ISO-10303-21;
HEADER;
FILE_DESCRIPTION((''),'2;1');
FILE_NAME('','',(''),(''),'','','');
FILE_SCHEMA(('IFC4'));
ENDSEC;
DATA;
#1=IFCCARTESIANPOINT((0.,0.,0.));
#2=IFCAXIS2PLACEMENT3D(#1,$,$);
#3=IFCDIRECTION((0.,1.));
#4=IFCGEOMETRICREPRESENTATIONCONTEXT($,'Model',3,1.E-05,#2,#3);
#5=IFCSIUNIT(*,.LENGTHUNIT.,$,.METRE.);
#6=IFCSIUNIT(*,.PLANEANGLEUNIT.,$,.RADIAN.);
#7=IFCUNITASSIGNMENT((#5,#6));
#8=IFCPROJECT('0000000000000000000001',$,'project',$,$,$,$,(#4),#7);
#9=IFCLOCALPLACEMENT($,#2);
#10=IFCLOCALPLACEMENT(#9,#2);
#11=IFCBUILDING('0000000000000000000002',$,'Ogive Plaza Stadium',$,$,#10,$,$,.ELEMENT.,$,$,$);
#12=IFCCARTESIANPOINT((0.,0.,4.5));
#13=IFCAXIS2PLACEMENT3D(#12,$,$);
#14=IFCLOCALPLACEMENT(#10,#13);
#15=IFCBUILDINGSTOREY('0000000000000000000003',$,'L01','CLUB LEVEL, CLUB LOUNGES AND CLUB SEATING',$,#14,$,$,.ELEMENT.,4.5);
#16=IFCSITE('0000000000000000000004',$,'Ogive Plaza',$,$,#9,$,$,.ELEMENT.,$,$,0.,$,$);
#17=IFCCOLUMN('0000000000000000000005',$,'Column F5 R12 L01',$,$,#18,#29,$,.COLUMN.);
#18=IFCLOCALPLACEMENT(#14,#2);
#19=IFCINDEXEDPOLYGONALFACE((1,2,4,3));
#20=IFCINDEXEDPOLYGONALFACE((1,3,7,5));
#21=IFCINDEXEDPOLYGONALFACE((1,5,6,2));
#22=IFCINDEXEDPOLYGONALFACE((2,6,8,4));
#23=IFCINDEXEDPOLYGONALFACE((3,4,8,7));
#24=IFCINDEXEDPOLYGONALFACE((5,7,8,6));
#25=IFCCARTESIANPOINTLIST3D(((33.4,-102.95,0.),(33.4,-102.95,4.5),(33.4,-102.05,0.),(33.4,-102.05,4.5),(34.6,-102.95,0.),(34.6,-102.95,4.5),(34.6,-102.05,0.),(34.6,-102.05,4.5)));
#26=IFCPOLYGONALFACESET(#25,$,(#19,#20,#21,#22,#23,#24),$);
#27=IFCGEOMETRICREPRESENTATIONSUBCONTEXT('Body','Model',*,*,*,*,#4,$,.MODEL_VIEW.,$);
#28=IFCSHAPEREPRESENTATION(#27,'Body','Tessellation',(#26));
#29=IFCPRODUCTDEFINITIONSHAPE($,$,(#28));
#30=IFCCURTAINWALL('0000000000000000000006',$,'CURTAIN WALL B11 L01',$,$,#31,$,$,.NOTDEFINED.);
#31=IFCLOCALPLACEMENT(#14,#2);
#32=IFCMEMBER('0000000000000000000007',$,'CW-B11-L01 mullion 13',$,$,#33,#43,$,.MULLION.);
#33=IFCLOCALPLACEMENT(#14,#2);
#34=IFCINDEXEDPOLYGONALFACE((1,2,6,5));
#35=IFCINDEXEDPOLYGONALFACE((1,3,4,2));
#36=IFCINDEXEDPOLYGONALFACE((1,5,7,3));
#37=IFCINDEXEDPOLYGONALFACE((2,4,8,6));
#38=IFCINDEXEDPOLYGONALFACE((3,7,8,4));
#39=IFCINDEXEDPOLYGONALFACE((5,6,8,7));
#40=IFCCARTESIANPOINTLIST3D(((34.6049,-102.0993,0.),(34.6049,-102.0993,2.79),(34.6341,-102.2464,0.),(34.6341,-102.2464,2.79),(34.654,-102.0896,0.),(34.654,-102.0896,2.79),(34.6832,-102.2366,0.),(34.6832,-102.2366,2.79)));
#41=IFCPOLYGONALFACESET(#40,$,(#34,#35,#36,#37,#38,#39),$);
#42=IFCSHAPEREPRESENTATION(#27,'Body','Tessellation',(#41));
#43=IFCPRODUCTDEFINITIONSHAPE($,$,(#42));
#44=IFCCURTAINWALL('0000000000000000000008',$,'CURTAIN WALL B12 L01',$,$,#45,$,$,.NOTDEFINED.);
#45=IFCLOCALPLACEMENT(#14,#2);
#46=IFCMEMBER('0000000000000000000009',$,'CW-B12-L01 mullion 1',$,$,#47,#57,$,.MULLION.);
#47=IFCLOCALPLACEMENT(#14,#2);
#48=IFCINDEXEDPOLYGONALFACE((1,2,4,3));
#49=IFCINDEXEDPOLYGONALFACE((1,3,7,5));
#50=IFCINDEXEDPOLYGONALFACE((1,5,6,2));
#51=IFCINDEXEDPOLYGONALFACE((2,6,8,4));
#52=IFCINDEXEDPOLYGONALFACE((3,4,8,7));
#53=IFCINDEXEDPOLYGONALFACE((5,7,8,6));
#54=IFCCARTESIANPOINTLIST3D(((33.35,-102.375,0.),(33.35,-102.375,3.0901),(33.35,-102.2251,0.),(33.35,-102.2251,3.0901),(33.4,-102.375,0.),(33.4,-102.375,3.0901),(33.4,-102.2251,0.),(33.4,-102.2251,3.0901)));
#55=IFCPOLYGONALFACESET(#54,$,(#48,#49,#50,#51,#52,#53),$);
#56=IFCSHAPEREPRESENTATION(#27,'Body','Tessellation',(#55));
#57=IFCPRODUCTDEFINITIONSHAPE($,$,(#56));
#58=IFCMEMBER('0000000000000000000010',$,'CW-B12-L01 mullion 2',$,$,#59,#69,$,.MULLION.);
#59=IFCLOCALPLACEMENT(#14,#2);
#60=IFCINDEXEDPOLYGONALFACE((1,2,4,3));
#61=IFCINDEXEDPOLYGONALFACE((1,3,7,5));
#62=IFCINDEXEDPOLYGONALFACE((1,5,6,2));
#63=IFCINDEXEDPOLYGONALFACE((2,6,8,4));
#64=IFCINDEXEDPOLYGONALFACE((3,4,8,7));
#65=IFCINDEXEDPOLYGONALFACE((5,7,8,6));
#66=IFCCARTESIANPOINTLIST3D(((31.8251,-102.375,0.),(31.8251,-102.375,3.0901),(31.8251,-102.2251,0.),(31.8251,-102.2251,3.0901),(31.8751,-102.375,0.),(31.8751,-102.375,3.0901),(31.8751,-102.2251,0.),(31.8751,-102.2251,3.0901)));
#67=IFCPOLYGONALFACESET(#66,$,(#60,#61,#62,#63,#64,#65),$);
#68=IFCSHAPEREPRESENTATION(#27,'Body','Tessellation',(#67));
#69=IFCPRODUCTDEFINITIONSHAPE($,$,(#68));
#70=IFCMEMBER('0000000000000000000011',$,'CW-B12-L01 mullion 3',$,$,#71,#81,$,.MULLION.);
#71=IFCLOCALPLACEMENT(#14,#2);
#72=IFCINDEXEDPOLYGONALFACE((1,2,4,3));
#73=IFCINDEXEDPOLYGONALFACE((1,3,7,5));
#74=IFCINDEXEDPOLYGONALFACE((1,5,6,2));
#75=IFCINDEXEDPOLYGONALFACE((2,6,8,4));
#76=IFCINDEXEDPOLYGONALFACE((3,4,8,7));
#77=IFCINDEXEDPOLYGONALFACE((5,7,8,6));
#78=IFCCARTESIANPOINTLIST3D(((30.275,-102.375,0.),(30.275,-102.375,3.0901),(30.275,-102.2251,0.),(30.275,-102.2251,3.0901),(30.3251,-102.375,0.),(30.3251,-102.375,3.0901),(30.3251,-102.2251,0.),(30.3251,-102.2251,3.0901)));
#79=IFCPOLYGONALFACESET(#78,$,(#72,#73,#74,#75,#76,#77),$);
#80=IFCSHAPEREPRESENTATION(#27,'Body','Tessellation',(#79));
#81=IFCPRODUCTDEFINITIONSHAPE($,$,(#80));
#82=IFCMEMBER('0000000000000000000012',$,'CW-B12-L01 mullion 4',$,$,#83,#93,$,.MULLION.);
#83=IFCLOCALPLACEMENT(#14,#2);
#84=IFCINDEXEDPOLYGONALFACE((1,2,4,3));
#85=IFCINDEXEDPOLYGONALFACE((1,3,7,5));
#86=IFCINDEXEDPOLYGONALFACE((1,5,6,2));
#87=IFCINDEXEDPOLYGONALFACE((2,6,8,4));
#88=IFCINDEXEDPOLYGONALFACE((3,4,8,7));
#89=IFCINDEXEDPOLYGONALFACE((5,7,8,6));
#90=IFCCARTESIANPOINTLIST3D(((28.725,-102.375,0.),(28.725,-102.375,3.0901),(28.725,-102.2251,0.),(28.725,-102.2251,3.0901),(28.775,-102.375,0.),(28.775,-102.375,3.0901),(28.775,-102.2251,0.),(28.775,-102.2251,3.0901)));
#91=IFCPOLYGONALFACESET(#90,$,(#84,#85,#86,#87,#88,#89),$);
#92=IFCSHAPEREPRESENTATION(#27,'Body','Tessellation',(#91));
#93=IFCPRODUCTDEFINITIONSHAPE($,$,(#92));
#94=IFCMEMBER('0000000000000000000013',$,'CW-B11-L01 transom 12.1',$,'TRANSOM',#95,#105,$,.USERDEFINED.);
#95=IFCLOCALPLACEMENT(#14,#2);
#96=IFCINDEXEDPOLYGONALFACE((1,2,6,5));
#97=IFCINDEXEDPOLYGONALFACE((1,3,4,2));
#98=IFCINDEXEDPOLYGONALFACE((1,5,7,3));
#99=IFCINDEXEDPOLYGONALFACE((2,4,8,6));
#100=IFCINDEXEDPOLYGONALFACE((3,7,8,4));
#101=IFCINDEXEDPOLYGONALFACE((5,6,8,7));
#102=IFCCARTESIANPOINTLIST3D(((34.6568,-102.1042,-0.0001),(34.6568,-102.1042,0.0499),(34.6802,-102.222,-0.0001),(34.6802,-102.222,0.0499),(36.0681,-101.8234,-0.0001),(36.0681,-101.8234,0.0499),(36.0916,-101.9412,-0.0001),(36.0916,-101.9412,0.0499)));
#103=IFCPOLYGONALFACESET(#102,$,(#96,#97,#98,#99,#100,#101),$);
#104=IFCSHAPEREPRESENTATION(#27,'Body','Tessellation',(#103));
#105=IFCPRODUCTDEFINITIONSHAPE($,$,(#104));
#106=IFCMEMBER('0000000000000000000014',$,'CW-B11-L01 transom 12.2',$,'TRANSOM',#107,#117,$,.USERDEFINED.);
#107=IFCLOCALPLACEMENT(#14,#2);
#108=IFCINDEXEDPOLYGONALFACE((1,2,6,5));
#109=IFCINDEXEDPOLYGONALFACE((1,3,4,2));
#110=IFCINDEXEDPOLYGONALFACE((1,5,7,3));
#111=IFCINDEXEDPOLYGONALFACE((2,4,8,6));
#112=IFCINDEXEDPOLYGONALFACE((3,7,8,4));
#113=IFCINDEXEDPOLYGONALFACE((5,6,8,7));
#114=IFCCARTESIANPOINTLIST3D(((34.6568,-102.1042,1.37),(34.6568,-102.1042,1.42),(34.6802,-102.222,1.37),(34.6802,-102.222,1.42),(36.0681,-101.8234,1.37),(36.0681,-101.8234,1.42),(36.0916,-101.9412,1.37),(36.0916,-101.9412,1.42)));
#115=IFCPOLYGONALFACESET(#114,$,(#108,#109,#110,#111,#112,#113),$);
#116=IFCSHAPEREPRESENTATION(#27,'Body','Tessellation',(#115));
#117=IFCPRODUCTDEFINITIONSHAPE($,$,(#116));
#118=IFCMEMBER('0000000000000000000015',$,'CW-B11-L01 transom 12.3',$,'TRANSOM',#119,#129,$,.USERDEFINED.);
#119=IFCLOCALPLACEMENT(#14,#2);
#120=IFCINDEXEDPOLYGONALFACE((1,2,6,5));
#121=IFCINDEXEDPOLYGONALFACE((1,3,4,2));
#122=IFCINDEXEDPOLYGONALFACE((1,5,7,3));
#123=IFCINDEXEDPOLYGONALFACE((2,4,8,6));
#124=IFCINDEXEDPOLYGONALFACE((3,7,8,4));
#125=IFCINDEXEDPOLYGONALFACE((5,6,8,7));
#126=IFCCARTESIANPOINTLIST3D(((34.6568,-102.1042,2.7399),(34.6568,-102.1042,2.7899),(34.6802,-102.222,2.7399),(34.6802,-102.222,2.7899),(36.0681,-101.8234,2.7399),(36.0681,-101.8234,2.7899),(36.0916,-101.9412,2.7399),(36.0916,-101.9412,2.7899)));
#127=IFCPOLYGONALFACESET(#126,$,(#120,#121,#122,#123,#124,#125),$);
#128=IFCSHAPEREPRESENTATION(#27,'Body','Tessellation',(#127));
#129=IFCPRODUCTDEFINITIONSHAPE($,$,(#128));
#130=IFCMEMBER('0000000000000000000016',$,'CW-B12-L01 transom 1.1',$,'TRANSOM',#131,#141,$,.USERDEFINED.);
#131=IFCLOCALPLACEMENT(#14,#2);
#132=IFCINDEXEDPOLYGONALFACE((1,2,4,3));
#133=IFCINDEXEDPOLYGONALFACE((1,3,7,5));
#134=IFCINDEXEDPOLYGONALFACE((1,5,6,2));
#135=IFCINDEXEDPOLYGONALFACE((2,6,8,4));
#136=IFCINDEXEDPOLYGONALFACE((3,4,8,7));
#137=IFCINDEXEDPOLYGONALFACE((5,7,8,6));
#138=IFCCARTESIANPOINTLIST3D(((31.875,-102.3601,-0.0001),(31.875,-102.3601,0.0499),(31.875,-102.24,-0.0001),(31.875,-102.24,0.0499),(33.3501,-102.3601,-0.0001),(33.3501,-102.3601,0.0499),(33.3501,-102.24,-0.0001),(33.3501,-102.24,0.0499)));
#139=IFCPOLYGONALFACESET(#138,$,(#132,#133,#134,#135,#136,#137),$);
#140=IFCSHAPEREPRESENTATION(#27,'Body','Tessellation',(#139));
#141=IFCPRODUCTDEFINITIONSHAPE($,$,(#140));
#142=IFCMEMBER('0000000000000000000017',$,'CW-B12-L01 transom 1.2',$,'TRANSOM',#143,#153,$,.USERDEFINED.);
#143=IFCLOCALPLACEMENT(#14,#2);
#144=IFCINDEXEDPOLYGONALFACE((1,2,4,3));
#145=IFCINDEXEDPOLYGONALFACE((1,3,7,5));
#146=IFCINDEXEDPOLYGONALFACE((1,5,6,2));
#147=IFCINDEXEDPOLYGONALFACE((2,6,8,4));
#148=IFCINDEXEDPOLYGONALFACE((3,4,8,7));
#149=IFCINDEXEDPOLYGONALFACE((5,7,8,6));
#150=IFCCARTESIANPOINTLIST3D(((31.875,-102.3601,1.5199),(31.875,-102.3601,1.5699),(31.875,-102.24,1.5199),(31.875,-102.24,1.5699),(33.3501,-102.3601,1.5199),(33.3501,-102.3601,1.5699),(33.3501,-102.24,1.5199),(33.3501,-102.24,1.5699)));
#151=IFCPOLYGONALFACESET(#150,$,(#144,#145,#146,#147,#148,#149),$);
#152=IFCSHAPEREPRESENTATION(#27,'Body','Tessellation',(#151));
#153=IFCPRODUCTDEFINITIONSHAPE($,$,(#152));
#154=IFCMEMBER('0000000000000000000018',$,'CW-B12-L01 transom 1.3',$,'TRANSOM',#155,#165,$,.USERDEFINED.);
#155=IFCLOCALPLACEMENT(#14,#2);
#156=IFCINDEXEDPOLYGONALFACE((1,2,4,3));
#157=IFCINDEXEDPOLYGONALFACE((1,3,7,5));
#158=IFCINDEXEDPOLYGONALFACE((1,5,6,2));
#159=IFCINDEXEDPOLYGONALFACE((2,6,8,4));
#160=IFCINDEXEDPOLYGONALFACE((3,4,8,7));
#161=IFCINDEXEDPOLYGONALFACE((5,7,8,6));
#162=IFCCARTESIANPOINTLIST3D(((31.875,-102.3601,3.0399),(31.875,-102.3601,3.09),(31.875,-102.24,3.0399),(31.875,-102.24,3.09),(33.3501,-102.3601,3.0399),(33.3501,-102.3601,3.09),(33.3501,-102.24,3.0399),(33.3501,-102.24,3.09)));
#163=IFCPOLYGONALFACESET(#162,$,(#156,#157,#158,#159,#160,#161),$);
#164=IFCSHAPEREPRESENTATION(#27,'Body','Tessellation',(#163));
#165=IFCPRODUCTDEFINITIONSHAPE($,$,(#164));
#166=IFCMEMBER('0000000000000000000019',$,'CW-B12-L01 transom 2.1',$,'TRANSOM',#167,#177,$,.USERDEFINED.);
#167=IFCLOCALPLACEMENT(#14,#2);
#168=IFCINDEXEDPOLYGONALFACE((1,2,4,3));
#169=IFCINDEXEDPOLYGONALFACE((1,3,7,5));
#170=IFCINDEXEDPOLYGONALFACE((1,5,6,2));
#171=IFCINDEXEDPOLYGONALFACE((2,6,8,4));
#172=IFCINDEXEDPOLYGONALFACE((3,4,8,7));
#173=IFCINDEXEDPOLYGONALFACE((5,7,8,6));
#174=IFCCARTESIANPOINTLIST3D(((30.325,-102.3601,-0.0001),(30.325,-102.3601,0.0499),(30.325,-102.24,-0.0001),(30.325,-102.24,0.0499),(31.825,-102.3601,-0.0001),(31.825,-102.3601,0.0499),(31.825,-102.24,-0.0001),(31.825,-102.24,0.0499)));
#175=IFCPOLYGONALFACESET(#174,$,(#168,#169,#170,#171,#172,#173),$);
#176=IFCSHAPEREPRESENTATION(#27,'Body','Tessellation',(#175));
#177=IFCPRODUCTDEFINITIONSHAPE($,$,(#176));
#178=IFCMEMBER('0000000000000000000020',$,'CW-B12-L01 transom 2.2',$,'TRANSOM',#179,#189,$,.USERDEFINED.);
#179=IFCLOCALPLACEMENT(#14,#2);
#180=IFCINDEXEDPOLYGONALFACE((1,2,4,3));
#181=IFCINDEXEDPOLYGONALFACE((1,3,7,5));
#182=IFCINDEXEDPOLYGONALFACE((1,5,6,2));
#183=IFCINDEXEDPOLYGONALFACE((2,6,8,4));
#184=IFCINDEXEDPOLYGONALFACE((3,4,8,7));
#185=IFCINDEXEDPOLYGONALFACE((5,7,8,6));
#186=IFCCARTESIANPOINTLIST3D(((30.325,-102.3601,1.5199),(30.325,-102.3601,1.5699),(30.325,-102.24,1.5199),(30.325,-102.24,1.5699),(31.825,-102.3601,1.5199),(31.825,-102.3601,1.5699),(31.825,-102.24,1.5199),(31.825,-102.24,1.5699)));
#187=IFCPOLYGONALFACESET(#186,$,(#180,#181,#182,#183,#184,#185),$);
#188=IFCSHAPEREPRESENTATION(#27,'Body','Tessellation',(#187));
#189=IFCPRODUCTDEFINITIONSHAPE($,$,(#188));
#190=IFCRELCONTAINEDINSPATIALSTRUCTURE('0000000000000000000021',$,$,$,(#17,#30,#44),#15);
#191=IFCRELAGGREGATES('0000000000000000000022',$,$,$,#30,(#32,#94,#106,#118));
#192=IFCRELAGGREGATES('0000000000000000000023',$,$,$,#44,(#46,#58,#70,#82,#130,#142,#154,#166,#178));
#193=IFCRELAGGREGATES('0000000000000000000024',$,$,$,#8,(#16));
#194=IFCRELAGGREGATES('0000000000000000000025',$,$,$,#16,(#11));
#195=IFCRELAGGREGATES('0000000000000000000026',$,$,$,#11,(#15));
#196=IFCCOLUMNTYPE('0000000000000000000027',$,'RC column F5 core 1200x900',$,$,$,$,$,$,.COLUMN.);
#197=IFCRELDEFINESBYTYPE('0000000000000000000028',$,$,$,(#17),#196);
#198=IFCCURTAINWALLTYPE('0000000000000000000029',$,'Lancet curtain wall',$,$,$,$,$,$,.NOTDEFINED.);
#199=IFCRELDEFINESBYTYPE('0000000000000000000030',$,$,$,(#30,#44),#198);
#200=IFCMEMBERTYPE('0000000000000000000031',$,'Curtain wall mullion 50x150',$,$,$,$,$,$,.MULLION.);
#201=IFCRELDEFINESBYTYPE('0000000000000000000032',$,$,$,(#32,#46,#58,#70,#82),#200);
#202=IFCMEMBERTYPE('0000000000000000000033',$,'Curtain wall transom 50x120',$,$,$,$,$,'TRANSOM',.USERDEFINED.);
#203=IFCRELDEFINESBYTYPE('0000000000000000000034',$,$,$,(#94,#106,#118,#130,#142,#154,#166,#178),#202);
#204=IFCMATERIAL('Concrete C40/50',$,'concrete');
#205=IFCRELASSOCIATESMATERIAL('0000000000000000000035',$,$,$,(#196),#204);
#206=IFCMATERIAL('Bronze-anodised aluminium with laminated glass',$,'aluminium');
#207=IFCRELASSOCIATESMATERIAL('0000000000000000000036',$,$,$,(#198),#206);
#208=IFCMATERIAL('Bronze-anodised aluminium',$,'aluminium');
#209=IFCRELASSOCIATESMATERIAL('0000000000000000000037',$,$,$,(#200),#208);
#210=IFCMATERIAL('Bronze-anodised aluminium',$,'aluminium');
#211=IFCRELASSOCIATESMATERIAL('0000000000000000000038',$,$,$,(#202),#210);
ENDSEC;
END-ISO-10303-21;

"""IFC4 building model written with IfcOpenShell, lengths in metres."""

from ifc_helpers import new_model, si_unit, direction, frame, origin, origin_2d, place, context, subcontext, project, spatial, rectangle, extrude, material, material_profile, profile_set, type_object, element, aggregate, save


model = new_model("IFC4")

# Units and contexts
model_context = context("Model", 3, precision=1e-05, world=origin(), true_north=direction((0.0, 1.0)))
body_context = subcontext(model_context, "Body", "Model", "MODEL_VIEW")
ifc_project = project(units=[si_unit("LENGTHUNIT", "METRE"), si_unit("PLANEANGLEUNIT", "RADIAN")], contexts=[model_context])

# Site, building, storey
site_placement = place(None, origin())
site = spatial("IfcSite", under=ifc_project, at=site_placement, Name="Ogive Plaza", CompositionType="ELEMENT", RefElevation=0.0)
building_placement = place(site_placement, origin())
building = spatial("IfcBuilding", under=site, at=building_placement, Name="Ogive Plaza Stadium", CompositionType="ELEMENT")
storey_placement = place(building_placement, frame((0.0, 0.0, 4.5)))
storey = spatial("IfcBuildingStorey", under=building, at=storey_placement, Name="L01", Description="CLUB LEVEL, CLUB LOUNGES AND CLUB SEATING", CompositionType="ELEMENT", Elevation=4.5)

# Column
ifc_material_1 = material(Name="Concrete C40/50", Category="concrete")
ifc_material_profile_1 = material_profile(ifc_material_1, rectangle(XDim=1.2, YDim=0.8999, at=origin_2d()), Name="RC 1200x900")
ifc_profile_set_1 = profile_set([ifc_material_profile_1], Name="Concrete C40/50")
column_type = type_object("IfcColumnType", Name="RC column F5 core 1200x900", PredefinedType="COLUMN", material=ifc_profile_set_1)
column_placement = place(storey_placement, frame((34.0, -102.5, 0.0), z_axis=(0.0, 0.0, 1.0), x_axis=(1.0, 0.0, 0.0)))
element("IfcColumn", 1, at=column_placement, inside=storey, type_object=column_type, Name="Column F5 R12 L01", PredefinedType="COLUMN", context=body_context, shape_type="SweptSolid", body=[
    extrude(rectangle(XDim=1.2, YDim=0.8999, at=origin_2d()), origin(), (0.0, 0.0, 1.0), 4.5),
])

# Curtain wall, member
ifc_material_2 = material(Name="Bronze-anodised aluminium with laminated glass", Category="aluminium")
curtain_wall_type = type_object("IfcCurtainWallType", Name="Lancet curtain wall", PredefinedType="NOTDEFINED", material=ifc_material_2)
curtain_wall_1_placement = place(storey_placement, origin())
curtain_wall_1 = element("IfcCurtainWall", 2, at=curtain_wall_1_placement, inside=storey, type_object=curtain_wall_type, Name="CURTAIN WALL B11 L01", PredefinedType="NOTDEFINED")
ifc_material_3 = material(Name="Bronze-anodised aluminium", Category="aluminium")
ifc_material_profile_2 = material_profile(ifc_material_3, rectangle(XDim=0.1499, YDim=0.05, at=origin_2d()), Name="AL 150x50")
ifc_profile_set_2 = profile_set([ifc_material_profile_2], Name="Bronze-anodised aluminium")
member_type_1 = type_object("IfcMemberType", Name="Curtain wall mullion 50x150", PredefinedType="MULLION", material=ifc_profile_set_2)
member_1_placement = place(storey_placement, frame((34.644, -102.168, 0.0), z_axis=(0.0, 0.0, 1.0), x_axis=(0.19509, -0.980785, 0.0)))
member_1 = element("IfcMember", 3, at=member_1_placement, type_object=member_type_1, Name="CW-B11-L01 mullion 13", PredefinedType="MULLION", context=body_context, shape_type="SweptSolid", body=[
    extrude(rectangle(XDim=0.1499, YDim=0.05, at=origin_2d()), origin(), (0.0, 0.0, 1.0), 2.79),
])

# Curtain wall, members
curtain_wall_2_placement = place(storey_placement, origin())
curtain_wall_2 = element("IfcCurtainWall", 4, at=curtain_wall_2_placement, inside=storey, type_object=curtain_wall_type, Name="CURTAIN WALL B12 L01", PredefinedType="NOTDEFINED")
member_2_placement = place(storey_placement, frame((33.375, -102.3, 0.0), z_axis=(0.0, 0.0, 1.0), x_axis=(0.0, -1.0, 0.0)))
member_2 = element("IfcMember", 5, at=member_2_placement, type_object=member_type_1, Name="CW-B12-L01 mullion 1", PredefinedType="MULLION", context=body_context, shape_type="SweptSolid", body=[
    extrude(rectangle(XDim=0.1499, YDim=0.05, at=origin_2d()), origin(), (0.0, 0.0, 1.0), 3.0901),
])
member_3_placement = place(storey_placement, frame((31.8501, -102.3, 0.0), z_axis=(0.0, 0.0, 1.0), x_axis=(0.0, -1.0, 0.0)))
member_3 = element("IfcMember", 6, at=member_3_placement, type_object=member_type_1, Name="CW-B12-L01 mullion 2", PredefinedType="MULLION", context=body_context, shape_type="SweptSolid", body=[
    extrude(rectangle(XDim=0.1499, YDim=0.05, at=origin_2d()), origin(), (0.0, 0.0, 1.0), 3.0901),
])
member_4_placement = place(storey_placement, frame((30.3, -102.3, 0.0), z_axis=(0.0, 0.0, 1.0), x_axis=(0.0, -1.0, 0.0)))
member_4 = element("IfcMember", 7, at=member_4_placement, type_object=member_type_1, Name="CW-B12-L01 mullion 3", PredefinedType="MULLION", context=body_context, shape_type="SweptSolid", body=[
    extrude(rectangle(XDim=0.1499, YDim=0.05, at=origin_2d()), origin(), (0.0, 0.0, 1.0), 3.0901),
])
member_5_placement = place(storey_placement, frame((28.75, -102.3, 0.0), z_axis=(0.0, 0.0, 1.0), x_axis=(0.0, -1.0, 0.0)))
member_5 = element("IfcMember", 8, at=member_5_placement, type_object=member_type_1, Name="CW-B12-L01 mullion 4", PredefinedType="MULLION", context=body_context, shape_type="SweptSolid", body=[
    extrude(rectangle(XDim=0.1499, YDim=0.05, at=origin_2d()), origin(), (0.0, 0.0, 1.0), 3.0901),
])

# Members
ifc_material_4 = material(Name="Bronze-anodised aluminium", Category="aluminium")
ifc_material_profile_3 = material_profile(ifc_material_4, rectangle(XDim=0.1201, YDim=0.05, at=origin_2d()), Name="AL 120x50")
ifc_profile_set_3 = profile_set([ifc_material_profile_3], Name="Bronze-anodised aluminium")
member_type_2 = type_object("IfcMemberType", Name="Curtain wall transom 50x120", ElementType="TRANSOM", PredefinedType="USERDEFINED", material=ifc_profile_set_3)
member_6_placement = place(storey_placement, frame((36.0798, -101.8823, 0.0249), z_axis=(-0.980782, -0.195105, 0.0), x_axis=(0.195105, -0.980782, 0.0)))
member_6 = element("IfcMember", 9, at=member_6_placement, type_object=member_type_2, Name="CW-B11-L01 transom 12.1", ObjectType="TRANSOM", PredefinedType="USERDEFINED", context=body_context, shape_type="SweptSolid", body=[
    extrude(rectangle(XDim=0.1201, YDim=0.05, at=origin_2d()), origin(), (0.0, 0.0, 1.0), 1.439),
])
member_7_placement = place(storey_placement, frame((36.0798, -101.8823, 1.395), z_axis=(-0.980782, -0.195105, 0.0), x_axis=(0.195105, -0.980782, 0.0)))
member_7 = element("IfcMember", 10, at=member_7_placement, type_object=member_type_2, Name="CW-B11-L01 transom 12.2", ObjectType="TRANSOM", PredefinedType="USERDEFINED", context=body_context, shape_type="SweptSolid", body=[
    extrude(rectangle(XDim=0.1201, YDim=0.05, at=origin_2d()), origin(), (0.0, 0.0, 1.0), 1.439),
])
member_8_placement = place(storey_placement, frame((36.0798, -101.8823, 2.7649), z_axis=(-0.980782, -0.195105, 0.0), x_axis=(0.195105, -0.980782, 0.0)))
member_8 = element("IfcMember", 11, at=member_8_placement, type_object=member_type_2, Name="CW-B11-L01 transom 12.3", ObjectType="TRANSOM", PredefinedType="USERDEFINED", context=body_context, shape_type="SweptSolid", body=[
    extrude(rectangle(XDim=0.1201, YDim=0.05, at=origin_2d()), origin(), (0.0, 0.0, 1.0), 1.439),
])
member_9_placement = place(storey_placement, frame((33.3501, -102.3, 0.0249), z_axis=(-1.0, 0.0, 0.0), x_axis=(0.0, -1.0, 0.0)))
member_9 = element("IfcMember", 12, at=member_9_placement, type_object=member_type_2, Name="CW-B12-L01 transom 1.1", ObjectType="TRANSOM", PredefinedType="USERDEFINED", context=body_context, shape_type="SweptSolid", body=[
    extrude(rectangle(XDim=0.1201, YDim=0.05, at=origin_2d()), origin(), (0.0, 0.0, 1.0), 1.4751),
])
member_10_placement = place(storey_placement, frame((33.3501, -102.3, 1.5449), z_axis=(-1.0, 0.0, 0.0), x_axis=(0.0, -1.0, 0.0)))
member_10 = element("IfcMember", 13, at=member_10_placement, type_object=member_type_2, Name="CW-B12-L01 transom 1.2", ObjectType="TRANSOM", PredefinedType="USERDEFINED", context=body_context, shape_type="SweptSolid", body=[
    extrude(rectangle(XDim=0.1201, YDim=0.05, at=origin_2d()), origin(), (0.0, 0.0, 1.0), 1.4751),
])
member_11_placement = place(storey_placement, frame((33.3501, -102.3, 3.0649), z_axis=(-1.0, 0.0, 0.0), x_axis=(0.0, -1.0, 0.0)))
member_11 = element("IfcMember", 14, at=member_11_placement, type_object=member_type_2, Name="CW-B12-L01 transom 1.3", ObjectType="TRANSOM", PredefinedType="USERDEFINED", context=body_context, shape_type="SweptSolid", body=[
    extrude(rectangle(XDim=0.1201, YDim=0.05, at=origin_2d()), origin(), (0.0, 0.0, 1.0), 1.4751),
])
member_12_placement = place(storey_placement, frame((31.825, -102.3, 0.0249), z_axis=(-1.0, 0.0, 0.0), x_axis=(0.0, -1.0, 0.0)))
member_12 = element("IfcMember", 15, at=member_12_placement, type_object=member_type_2, Name="CW-B12-L01 transom 2.1", ObjectType="TRANSOM", PredefinedType="USERDEFINED", context=body_context, shape_type="SweptSolid", body=[
    extrude(rectangle(XDim=0.1201, YDim=0.05, at=origin_2d()), origin(), (0.0, 0.0, 1.0), 1.5),
])
member_13_placement = place(storey_placement, frame((31.825, -102.3, 1.5449), z_axis=(-1.0, 0.0, 0.0), x_axis=(0.0, -1.0, 0.0)))
member_13 = element("IfcMember", 16, at=member_13_placement, type_object=member_type_2, Name="CW-B12-L01 transom 2.2", ObjectType="TRANSOM", PredefinedType="USERDEFINED", context=body_context, shape_type="SweptSolid", body=[
    extrude(rectangle(XDim=0.1201, YDim=0.05, at=origin_2d()), origin(), (0.0, 0.0, 1.0), 1.5),
])

aggregate(curtain_wall_1, [member_1, member_6, member_7, member_8])
aggregate(curtain_wall_2, [member_2, member_3, member_4, member_5, member_9, member_10, member_11, member_12, member_13])

save(model, "model.ifc")
